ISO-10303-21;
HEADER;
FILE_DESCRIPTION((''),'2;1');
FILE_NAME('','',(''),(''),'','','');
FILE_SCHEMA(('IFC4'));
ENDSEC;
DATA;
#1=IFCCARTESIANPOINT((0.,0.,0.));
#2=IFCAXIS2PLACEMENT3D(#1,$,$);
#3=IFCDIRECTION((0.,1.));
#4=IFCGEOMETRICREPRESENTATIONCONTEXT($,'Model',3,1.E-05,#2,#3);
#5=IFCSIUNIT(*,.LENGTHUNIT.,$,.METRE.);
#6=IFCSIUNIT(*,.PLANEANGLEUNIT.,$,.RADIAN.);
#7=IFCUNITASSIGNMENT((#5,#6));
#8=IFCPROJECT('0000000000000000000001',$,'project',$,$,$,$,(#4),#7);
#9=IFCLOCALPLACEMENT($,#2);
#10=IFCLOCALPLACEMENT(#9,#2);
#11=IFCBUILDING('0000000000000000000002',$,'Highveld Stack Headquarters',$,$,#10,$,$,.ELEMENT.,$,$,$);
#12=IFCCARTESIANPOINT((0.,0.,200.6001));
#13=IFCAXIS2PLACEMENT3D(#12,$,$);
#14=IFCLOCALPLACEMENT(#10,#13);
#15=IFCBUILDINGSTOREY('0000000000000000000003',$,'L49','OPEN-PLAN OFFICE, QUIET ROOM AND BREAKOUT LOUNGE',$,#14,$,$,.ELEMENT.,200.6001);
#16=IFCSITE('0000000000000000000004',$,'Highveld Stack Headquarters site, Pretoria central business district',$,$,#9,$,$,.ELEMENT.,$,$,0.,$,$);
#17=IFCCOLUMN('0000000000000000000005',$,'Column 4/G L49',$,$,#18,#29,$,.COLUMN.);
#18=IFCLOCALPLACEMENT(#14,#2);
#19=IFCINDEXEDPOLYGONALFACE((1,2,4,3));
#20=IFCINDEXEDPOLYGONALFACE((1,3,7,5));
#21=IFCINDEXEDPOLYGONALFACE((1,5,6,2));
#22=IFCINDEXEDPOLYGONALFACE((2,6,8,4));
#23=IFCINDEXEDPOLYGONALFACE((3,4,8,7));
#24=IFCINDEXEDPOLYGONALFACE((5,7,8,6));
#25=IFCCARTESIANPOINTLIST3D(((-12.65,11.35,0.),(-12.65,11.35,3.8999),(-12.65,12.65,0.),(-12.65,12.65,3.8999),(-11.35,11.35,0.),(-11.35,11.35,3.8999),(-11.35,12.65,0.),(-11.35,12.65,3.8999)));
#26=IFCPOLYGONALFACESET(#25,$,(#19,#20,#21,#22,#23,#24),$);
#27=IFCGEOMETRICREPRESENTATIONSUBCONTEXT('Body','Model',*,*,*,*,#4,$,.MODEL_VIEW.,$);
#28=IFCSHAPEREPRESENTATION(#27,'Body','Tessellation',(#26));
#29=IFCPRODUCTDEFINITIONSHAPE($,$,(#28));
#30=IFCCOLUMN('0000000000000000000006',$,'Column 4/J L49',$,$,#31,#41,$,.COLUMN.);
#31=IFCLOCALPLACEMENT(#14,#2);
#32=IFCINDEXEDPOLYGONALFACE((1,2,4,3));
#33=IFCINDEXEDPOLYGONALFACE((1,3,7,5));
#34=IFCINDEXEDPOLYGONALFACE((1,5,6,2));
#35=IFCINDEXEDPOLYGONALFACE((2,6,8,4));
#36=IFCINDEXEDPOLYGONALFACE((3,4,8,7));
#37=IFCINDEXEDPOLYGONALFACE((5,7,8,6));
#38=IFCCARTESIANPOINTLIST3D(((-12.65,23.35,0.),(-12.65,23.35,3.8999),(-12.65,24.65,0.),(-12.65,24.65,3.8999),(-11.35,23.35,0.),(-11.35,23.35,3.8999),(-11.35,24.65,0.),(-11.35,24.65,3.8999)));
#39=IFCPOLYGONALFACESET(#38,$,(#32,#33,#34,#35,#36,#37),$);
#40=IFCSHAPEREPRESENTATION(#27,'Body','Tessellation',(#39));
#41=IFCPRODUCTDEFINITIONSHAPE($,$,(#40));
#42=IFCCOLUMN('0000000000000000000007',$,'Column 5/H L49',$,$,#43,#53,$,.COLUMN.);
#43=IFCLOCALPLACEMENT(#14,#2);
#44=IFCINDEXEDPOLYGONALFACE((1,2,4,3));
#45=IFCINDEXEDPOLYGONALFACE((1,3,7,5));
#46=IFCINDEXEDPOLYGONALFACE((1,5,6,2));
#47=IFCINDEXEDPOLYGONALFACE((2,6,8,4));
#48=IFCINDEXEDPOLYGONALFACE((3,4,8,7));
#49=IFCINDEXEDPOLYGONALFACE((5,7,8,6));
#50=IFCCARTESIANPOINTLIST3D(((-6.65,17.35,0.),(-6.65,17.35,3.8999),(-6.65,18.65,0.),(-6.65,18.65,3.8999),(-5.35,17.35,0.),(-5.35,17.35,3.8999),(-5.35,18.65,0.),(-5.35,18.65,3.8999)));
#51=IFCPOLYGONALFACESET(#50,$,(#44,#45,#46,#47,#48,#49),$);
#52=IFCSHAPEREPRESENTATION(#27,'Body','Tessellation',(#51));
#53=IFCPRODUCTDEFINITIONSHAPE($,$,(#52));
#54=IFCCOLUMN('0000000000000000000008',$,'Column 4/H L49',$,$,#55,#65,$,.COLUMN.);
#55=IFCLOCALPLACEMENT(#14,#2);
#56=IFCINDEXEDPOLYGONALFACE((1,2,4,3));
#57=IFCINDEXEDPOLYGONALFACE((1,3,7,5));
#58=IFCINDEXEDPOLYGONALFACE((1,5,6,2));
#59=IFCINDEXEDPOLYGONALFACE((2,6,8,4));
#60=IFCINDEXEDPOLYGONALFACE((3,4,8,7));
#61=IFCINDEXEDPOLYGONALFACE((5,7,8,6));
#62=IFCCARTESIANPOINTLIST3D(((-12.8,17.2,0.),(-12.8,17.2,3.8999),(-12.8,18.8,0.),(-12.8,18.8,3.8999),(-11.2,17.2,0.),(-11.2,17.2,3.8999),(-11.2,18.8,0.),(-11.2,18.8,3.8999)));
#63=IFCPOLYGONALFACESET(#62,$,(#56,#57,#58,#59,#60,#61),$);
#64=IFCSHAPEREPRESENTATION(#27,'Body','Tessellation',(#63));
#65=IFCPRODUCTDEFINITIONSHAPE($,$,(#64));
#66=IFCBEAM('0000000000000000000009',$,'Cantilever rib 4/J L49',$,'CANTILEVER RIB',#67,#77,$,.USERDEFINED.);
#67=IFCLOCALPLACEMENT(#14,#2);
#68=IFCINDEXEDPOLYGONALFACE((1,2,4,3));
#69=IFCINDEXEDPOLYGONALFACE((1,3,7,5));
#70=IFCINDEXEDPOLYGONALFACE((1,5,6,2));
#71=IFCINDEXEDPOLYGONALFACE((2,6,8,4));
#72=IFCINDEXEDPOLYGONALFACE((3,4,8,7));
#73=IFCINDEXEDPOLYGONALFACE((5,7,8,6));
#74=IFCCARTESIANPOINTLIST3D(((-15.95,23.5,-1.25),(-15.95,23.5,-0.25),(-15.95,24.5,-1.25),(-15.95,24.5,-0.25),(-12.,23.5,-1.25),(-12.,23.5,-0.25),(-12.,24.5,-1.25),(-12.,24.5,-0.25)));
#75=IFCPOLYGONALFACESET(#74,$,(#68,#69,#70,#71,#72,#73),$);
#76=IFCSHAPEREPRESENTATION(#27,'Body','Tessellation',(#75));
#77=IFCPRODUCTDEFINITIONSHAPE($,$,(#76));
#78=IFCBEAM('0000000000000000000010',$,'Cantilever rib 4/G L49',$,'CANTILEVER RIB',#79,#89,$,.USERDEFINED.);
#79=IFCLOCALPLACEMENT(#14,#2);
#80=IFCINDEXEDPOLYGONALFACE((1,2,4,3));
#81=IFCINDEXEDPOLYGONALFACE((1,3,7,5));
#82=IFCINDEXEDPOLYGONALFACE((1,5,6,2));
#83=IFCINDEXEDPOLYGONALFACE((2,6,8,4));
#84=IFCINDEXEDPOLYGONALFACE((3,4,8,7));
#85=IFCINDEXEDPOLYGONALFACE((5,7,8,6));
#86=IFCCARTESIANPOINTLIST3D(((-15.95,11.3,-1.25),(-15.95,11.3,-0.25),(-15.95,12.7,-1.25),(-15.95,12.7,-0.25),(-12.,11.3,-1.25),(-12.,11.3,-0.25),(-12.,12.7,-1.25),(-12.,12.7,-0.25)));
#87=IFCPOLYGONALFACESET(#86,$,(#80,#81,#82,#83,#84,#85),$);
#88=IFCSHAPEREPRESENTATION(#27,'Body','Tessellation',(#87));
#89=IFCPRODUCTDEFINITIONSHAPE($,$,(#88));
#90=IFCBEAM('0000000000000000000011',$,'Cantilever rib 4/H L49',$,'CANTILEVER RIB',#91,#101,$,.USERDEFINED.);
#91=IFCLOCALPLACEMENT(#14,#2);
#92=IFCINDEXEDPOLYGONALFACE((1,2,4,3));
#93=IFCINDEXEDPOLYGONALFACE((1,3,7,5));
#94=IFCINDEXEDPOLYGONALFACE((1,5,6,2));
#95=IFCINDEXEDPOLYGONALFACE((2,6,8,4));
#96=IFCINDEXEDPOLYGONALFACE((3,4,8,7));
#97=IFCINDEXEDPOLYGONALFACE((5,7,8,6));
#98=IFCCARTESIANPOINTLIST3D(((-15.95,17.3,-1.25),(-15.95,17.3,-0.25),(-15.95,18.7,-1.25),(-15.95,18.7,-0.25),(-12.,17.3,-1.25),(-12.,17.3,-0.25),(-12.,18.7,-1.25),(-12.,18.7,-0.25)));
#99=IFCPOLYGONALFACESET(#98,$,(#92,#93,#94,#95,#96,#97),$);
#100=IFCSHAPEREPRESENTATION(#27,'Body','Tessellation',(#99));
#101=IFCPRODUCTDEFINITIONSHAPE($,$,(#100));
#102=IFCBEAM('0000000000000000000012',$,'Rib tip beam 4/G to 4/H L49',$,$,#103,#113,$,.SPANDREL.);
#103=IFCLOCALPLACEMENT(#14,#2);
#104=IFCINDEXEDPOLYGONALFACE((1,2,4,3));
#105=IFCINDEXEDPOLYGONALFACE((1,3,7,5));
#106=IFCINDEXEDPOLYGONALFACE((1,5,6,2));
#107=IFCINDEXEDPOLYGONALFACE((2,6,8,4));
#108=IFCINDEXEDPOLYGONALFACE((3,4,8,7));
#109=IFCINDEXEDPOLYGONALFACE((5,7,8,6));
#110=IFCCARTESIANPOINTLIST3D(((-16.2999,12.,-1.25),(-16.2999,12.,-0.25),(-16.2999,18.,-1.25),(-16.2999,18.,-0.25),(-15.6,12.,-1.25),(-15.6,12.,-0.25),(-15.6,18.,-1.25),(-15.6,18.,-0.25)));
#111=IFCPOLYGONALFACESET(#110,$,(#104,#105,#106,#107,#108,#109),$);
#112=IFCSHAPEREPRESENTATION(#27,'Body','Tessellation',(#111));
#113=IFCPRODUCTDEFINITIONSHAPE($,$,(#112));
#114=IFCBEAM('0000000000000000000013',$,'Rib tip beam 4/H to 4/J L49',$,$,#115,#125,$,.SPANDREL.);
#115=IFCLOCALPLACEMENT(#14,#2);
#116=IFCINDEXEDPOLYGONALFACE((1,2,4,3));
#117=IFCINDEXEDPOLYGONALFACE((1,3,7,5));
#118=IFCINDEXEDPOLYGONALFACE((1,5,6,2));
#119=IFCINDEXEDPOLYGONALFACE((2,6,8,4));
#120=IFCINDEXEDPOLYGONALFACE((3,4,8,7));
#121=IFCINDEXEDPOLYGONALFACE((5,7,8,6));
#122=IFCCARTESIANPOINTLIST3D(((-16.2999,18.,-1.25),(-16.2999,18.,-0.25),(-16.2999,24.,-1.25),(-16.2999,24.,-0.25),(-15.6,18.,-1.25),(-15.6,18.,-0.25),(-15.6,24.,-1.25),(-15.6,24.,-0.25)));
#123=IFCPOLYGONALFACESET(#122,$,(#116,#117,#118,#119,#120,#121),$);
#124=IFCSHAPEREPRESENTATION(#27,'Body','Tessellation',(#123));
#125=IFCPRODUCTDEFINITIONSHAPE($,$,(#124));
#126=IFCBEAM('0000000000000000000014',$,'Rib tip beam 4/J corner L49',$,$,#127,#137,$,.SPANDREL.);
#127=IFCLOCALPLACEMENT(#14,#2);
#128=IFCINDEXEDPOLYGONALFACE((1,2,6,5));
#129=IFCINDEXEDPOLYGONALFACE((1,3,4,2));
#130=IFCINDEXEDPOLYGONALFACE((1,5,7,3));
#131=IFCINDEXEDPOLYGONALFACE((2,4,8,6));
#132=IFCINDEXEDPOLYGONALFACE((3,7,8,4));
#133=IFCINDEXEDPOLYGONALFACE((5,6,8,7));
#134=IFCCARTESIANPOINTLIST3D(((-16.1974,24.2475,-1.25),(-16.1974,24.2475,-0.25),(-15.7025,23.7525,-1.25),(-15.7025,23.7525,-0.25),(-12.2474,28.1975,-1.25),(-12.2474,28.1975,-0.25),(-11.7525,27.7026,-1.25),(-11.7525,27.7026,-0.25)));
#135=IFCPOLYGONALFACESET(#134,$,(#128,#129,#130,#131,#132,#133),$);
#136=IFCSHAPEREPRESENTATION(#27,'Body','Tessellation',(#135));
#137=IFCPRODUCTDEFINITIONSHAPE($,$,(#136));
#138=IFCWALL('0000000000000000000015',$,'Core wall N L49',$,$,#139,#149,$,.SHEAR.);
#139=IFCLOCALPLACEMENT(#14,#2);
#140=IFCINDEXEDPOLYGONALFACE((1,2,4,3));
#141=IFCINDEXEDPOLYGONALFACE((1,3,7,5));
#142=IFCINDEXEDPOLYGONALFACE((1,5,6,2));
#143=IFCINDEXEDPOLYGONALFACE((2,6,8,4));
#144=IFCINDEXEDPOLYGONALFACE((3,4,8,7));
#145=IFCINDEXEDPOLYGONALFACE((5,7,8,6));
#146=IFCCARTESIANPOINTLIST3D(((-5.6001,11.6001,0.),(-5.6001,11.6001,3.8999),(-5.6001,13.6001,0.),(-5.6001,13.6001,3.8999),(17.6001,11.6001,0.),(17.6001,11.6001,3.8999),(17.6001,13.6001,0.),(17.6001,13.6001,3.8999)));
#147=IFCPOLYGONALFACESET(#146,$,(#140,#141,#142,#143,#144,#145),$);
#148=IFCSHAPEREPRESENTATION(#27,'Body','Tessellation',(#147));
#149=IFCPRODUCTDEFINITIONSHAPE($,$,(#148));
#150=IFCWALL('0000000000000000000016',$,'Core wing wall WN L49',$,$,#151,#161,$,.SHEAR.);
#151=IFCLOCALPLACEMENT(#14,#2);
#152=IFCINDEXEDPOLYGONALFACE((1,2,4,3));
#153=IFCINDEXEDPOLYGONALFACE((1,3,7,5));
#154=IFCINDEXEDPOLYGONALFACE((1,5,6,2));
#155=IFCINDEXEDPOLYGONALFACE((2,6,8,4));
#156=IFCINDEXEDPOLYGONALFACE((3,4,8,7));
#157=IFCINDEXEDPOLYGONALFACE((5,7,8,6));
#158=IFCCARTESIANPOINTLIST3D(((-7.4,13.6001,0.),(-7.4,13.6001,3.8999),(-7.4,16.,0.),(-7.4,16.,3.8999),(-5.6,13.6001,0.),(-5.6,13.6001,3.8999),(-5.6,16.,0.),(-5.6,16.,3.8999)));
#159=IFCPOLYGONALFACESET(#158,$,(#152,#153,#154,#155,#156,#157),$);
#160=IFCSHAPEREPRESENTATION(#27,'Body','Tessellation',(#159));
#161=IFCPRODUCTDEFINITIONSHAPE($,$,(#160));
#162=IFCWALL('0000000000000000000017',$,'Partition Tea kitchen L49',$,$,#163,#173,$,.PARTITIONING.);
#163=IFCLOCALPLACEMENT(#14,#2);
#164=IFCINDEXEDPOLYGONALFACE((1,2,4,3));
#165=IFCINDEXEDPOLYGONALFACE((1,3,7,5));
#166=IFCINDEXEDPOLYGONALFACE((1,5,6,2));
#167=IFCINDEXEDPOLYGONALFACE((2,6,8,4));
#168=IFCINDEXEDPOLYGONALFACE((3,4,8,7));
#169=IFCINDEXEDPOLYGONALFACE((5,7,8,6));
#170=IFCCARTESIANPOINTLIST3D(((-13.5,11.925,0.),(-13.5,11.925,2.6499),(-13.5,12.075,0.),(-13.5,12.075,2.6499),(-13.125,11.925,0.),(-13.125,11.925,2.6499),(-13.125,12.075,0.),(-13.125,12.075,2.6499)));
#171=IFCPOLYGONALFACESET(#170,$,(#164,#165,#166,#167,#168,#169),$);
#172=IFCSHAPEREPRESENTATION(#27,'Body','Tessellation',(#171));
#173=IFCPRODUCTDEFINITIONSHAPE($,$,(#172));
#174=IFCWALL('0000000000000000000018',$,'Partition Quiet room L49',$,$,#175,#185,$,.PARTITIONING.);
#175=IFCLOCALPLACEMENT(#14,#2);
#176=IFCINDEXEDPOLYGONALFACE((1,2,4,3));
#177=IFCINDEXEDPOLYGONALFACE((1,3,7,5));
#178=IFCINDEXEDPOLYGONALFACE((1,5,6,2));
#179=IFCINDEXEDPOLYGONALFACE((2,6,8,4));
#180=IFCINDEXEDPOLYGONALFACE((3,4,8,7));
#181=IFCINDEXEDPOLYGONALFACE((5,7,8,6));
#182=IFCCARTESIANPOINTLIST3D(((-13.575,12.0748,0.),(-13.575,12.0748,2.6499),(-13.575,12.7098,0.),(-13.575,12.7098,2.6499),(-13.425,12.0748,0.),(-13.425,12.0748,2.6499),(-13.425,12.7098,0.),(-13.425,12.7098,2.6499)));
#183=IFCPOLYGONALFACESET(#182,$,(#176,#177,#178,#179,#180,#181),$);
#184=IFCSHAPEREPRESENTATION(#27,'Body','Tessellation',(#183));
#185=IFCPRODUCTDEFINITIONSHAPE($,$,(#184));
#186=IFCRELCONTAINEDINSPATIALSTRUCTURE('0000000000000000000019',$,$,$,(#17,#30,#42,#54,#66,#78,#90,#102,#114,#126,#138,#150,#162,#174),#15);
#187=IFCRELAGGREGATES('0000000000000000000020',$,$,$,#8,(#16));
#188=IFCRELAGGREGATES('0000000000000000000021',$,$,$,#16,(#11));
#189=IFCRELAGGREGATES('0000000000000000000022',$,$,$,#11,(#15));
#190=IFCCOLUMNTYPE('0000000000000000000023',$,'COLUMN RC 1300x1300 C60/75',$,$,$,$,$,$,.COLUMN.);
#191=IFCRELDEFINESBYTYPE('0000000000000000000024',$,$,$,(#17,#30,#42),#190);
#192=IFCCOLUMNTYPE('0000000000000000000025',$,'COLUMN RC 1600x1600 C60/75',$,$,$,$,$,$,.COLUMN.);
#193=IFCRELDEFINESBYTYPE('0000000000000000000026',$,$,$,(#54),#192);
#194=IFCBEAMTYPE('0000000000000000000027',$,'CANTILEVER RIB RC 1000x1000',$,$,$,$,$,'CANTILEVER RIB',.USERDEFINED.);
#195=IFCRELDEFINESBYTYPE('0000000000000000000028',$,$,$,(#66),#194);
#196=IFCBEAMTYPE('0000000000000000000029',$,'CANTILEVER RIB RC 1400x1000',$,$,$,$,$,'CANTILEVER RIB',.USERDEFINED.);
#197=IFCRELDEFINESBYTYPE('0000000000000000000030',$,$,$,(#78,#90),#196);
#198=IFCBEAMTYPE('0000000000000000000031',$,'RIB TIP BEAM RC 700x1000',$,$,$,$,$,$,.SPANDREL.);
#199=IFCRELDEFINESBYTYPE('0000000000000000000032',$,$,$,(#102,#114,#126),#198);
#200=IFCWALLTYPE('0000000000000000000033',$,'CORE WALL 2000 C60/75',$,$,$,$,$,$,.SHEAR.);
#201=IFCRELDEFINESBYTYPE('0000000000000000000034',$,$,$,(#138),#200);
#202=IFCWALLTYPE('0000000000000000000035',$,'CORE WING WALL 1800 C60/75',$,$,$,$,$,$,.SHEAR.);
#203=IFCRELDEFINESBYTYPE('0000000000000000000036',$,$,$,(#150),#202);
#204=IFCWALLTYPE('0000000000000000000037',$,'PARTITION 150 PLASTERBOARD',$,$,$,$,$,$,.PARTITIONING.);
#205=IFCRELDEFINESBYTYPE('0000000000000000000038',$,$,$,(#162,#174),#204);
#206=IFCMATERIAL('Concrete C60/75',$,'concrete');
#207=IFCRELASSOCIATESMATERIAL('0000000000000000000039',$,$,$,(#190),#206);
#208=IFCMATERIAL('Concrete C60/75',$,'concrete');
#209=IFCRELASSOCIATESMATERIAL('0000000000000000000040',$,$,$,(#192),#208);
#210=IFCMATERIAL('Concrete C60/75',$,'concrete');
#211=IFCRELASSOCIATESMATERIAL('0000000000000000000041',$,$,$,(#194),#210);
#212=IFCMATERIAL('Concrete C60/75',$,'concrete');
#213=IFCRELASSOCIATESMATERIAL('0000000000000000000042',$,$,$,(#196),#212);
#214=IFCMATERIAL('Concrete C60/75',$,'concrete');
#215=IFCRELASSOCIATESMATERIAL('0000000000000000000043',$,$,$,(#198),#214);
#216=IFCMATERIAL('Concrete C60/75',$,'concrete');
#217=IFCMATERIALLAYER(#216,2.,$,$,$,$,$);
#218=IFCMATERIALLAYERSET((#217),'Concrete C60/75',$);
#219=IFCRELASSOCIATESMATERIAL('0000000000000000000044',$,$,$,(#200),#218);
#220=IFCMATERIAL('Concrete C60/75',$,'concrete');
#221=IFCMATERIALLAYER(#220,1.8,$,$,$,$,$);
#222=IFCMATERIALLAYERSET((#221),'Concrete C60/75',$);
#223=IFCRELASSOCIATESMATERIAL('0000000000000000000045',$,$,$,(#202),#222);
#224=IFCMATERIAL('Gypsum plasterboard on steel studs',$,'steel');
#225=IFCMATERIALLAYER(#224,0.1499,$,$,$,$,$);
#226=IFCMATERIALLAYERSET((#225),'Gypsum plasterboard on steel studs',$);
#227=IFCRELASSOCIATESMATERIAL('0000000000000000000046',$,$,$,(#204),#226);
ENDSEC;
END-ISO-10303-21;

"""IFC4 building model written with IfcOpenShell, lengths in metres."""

from ifc_helpers import new_model, si_unit, direction, frame, frame_2d, origin, origin_2d, place, context, subcontext, project, spatial, rectangle, extrude, material, layer, layer_set, material_profile, profile_set, type_object, element, save


model = new_model("IFC4")

# Units and contexts
model_context = context("Model", 3, precision=1e-05, world=origin(), true_north=direction((0.0, 1.0)))
body_context = subcontext(model_context, "Body", "Model", "MODEL_VIEW")
ifc_project = project(units=[si_unit("LENGTHUNIT", "METRE"), si_unit("PLANEANGLEUNIT", "RADIAN")], contexts=[model_context])

# Site, building, storey
site_placement = place(None, origin())
site = spatial("IfcSite", under=ifc_project, at=site_placement, Name="Highveld Stack Headquarters site, Pretoria central business district", CompositionType="ELEMENT", RefElevation=0.0)
building_placement = place(site_placement, origin())
building = spatial("IfcBuilding", under=site, at=building_placement, Name="Highveld Stack Headquarters", CompositionType="ELEMENT")
storey_placement = place(building_placement, frame((0.0, 0.0, 200.6001)))
storey = spatial("IfcBuildingStorey", under=building, at=storey_placement, Name="L49", Description="OPEN-PLAN OFFICE, QUIET ROOM AND BREAKOUT LOUNGE", CompositionType="ELEMENT", Elevation=200.6001)

# Columns
ifc_material_1 = material(Name="Concrete C60/75", Category="concrete")
ifc_material_profile_1 = material_profile(ifc_material_1, rectangle(XDim=1.3, YDim=1.3, at=origin_2d()), Name="RC 1300x1300")
ifc_profile_set_1 = profile_set([ifc_material_profile_1], Name="Concrete C60/75")
column_type_1 = type_object("IfcColumnType", Name="COLUMN RC 1300x1300 C60/75", PredefinedType="COLUMN", material=ifc_profile_set_1)
for number, where, z_axis, x_axis, name in (
    (1, (-12.0, 12.0, 0.0), (0.0, 0.0, 1.0), (1.0, 0.0, 0.0), "Column 4/G L49"),
    (2, (-12.0, 24.0, 0.0), (0.0, 0.0, 1.0), (1.0, 0.0, 0.0), "Column 4/J L49"),
    (3, (-6.0, 18.0, 0.0), (0.0, 0.0, 1.0), (1.0, 0.0, 0.0), "Column 5/H L49"),
):
    element("IfcColumn", number, at=place(storey_placement, frame(where, z_axis=z_axis, x_axis=x_axis)), inside=storey, type_object=column_type_1, Name=name, PredefinedType="COLUMN", context=body_context, shape_type="SweptSolid", body=[
        extrude(rectangle(XDim=1.3, YDim=1.3, at=origin_2d()), origin(), (0.0, 0.0, 1.0), 3.8999),
    ])
ifc_material_2 = material(Name="Concrete C60/75", Category="concrete")
ifc_material_profile_2 = material_profile(ifc_material_2, rectangle(XDim=1.6001, YDim=1.6001, at=origin_2d()), Name="RC 1600x1600")
ifc_profile_set_2 = profile_set([ifc_material_profile_2], Name="Concrete C60/75")
column_type_2 = type_object("IfcColumnType", Name="COLUMN RC 1600x1600 C60/75", PredefinedType="COLUMN", material=ifc_profile_set_2)
column_placement = place(storey_placement, frame((-12.0, 18.0, 0.0), z_axis=(0.0, 0.0, 1.0), x_axis=(1.0, 0.0, 0.0)))
element("IfcColumn", 4, at=column_placement, inside=storey, type_object=column_type_2, Name="Column 4/H L49", PredefinedType="COLUMN", context=body_context, shape_type="SweptSolid", body=[
    extrude(rectangle(XDim=1.6001, YDim=1.6001, at=origin_2d()), origin(), (0.0, 0.0, 1.0), 3.8999),
])

# Beams
ifc_material_3 = material(Name="Concrete C60/75", Category="concrete")
ifc_material_profile_3 = material_profile(ifc_material_3, rectangle(XDim=1.0, YDim=1.0, at=origin_2d()), Name="RC 1000x1000")
ifc_profile_set_3 = profile_set([ifc_material_profile_3], Name="Concrete C60/75")
beam_type_1 = type_object("IfcBeamType", Name="CANTILEVER RIB RC 1000x1000", ElementType="CANTILEVER RIB", PredefinedType="USERDEFINED", material=ifc_profile_set_3)
beam_1_placement = place(storey_placement, frame((-12.0, 24.0, -0.75), z_axis=(-1.0, 0.0, 0.0), x_axis=(0.0, -1.0, 0.0)))
element("IfcBeam", 5, at=beam_1_placement, inside=storey, type_object=beam_type_1, Name="Cantilever rib 4/J L49", ObjectType="CANTILEVER RIB", PredefinedType="USERDEFINED", context=body_context, shape_type="SweptSolid", body=[
    extrude(rectangle(XDim=1.0, YDim=1.0, at=origin_2d()), origin(), (0.0, 0.0, 1.0), 3.95),
])
ifc_material_4 = material(Name="Concrete C60/75", Category="concrete")
ifc_material_profile_4 = material_profile(ifc_material_4, rectangle(XDim=1.3999, YDim=1.0, at=origin_2d()), Name="RC 1400x1000")
ifc_profile_set_4 = profile_set([ifc_material_profile_4], Name="Concrete C60/75")
beam_type_2 = type_object("IfcBeamType", Name="CANTILEVER RIB RC 1400x1000", ElementType="CANTILEVER RIB", PredefinedType="USERDEFINED", material=ifc_profile_set_4)
for number, where, z_axis, x_axis, name in (
    (6, (-12.0, 12.0, -0.75), (-1.0, 0.0, 0.0), (0.0, -1.0, 0.0), "Cantilever rib 4/G L49"),
    (7, (-12.0, 18.0, -0.75), (-1.0, 0.0, 0.0), (0.0, -1.0, 0.0), "Cantilever rib 4/H L49"),
):
    element("IfcBeam", number, at=place(storey_placement, frame(where, z_axis=z_axis, x_axis=x_axis)), inside=storey, type_object=beam_type_2, Name=name, ObjectType="CANTILEVER RIB", PredefinedType="USERDEFINED", context=body_context, shape_type="SweptSolid", body=[
        extrude(rectangle(XDim=1.3999, YDim=1.0, at=origin_2d()), origin(), (0.0, 0.0, 1.0), 3.95),
    ])
ifc_material_5 = material(Name="Concrete C60/75", Category="concrete")
ifc_material_profile_5 = material_profile(ifc_material_5, rectangle(XDim=0.7, YDim=1.0, at=origin_2d()), Name="RC 700x1000")
ifc_profile_set_5 = profile_set([ifc_material_profile_5], Name="Concrete C60/75")
beam_type_3 = type_object("IfcBeamType", Name="RIB TIP BEAM RC 700x1000", PredefinedType="SPANDREL", material=ifc_profile_set_5)
for number, where, z_axis, x_axis, name in (
    (8, (-15.95, 12.0, -0.75), (0.0, 1.0, 0.0), (-1.0, 0.0, 0.0), "Rib tip beam 4/G to 4/H L49"),
    (9, (-15.95, 18.0, -0.75), (0.0, 1.0, 0.0), (-1.0, 0.0, 0.0), "Rib tip beam 4/H to 4/J L49"),
):
    element("IfcBeam", number, at=place(storey_placement, frame(where, z_axis=z_axis, x_axis=x_axis)), inside=storey, type_object=beam_type_3, Name=name, PredefinedType="SPANDREL", context=body_context, shape_type="SweptSolid", body=[
        extrude(rectangle(XDim=0.7, YDim=1.0, at=origin_2d()), origin(), (0.0, 0.0, 1.0), 6.0),
    ])
beam_2_placement = place(storey_placement, frame((-15.95, 24.0, -0.75), z_axis=(0.707107, 0.707107, 0.0), x_axis=(-0.707107, 0.707107, 0.0)))
element("IfcBeam", 10, at=beam_2_placement, inside=storey, type_object=beam_type_3, Name="Rib tip beam 4/J corner L49", PredefinedType="SPANDREL", context=body_context, shape_type="SweptSolid", body=[
    extrude(rectangle(XDim=0.7, YDim=1.0, at=origin_2d()), origin(), (0.0, 0.0, 1.0), 5.5862),
])

# Walls
ifc_material_6 = material(Name="Concrete C60/75", Category="concrete")
ifc_layer_1 = layer(ifc_material_6, 2.0)
ifc_layer_set_1 = layer_set([ifc_layer_1], Name="Concrete C60/75")
wall_type_1 = type_object("IfcWallType", Name="CORE WALL 2000 C60/75", PredefinedType="SHEAR", material=ifc_layer_set_1)
wall_1_placement = place(storey_placement, frame((-5.6001, 12.6001, 0.0), z_axis=(0.0, 0.0, 1.0), x_axis=(1.0, 0.0, 0.0)))
element("IfcWall", 11, at=wall_1_placement, inside=storey, type_object=wall_type_1, Name="Core wall N L49", PredefinedType="SHEAR", context=body_context, shape_type="SweptSolid", body=[
    extrude(rectangle(XDim=23.2002, YDim=2.0, at=frame_2d((11.6001, 0.0))), origin(), (0.0, 0.0, 1.0), 3.8999),
])
ifc_material_7 = material(Name="Concrete C60/75", Category="concrete")
ifc_layer_2 = layer(ifc_material_7, 1.8)
ifc_layer_set_2 = layer_set([ifc_layer_2], Name="Concrete C60/75")
wall_type_2 = type_object("IfcWallType", Name="CORE WING WALL 1800 C60/75", PredefinedType="SHEAR", material=ifc_layer_set_2)
wall_2_placement = place(storey_placement, frame((-6.5, 13.6001, 0.0), z_axis=(0.0, 0.0, 1.0), x_axis=(0.0, 1.0, 0.0)))
element("IfcWall", 12, at=wall_2_placement, inside=storey, type_object=wall_type_2, Name="Core wing wall WN L49", PredefinedType="SHEAR", context=body_context, shape_type="SweptSolid", body=[
    extrude(rectangle(XDim=2.3999, YDim=1.8, at=frame_2d((1.2, 0.0))), origin(), (0.0, 0.0, 1.0), 3.8999),
])
ifc_material_8 = material(Name="Gypsum plasterboard on steel studs", Category="steel")
ifc_layer_3 = layer(ifc_material_8, 0.1499)
ifc_layer_set_3 = layer_set([ifc_layer_3], Name="Gypsum plasterboard on steel studs")
wall_type_3 = type_object("IfcWallType", Name="PARTITION 150 PLASTERBOARD", PredefinedType="PARTITIONING", material=ifc_layer_set_3)
wall_3_placement = place(storey_placement, frame((-13.5, 12.0, 0.0), z_axis=(0.0, 0.0, 1.0), x_axis=(1.0, 0.0, 0.0)))
element("IfcWall", 13, at=wall_3_placement, inside=storey, type_object=wall_type_3, Name="Partition Tea kitchen L49", PredefinedType="PARTITIONING", context=body_context, shape_type="SweptSolid", body=[
    extrude(rectangle(XDim=0.375, YDim=0.1499, at=frame_2d((0.1875, 0.0))), origin(), (0.0, 0.0, 1.0), 2.6499),
])
wall_4_placement = place(storey_placement, frame((-13.5, 12.075, 0.0), z_axis=(0.0, 0.0, 1.0), x_axis=(0.0, 1.0, 0.0)))
element("IfcWall", 14, at=wall_4_placement, inside=storey, type_object=wall_type_3, Name="Partition Quiet room L49", PredefinedType="PARTITIONING", context=body_context, shape_type="SweptSolid", body=[
    extrude(rectangle(XDim=0.635, YDim=0.1499, at=frame_2d((0.3174, 0.0))), origin(), (0.0, 0.0, 1.0), 2.6499),
])

save(model, "model.ifc")
